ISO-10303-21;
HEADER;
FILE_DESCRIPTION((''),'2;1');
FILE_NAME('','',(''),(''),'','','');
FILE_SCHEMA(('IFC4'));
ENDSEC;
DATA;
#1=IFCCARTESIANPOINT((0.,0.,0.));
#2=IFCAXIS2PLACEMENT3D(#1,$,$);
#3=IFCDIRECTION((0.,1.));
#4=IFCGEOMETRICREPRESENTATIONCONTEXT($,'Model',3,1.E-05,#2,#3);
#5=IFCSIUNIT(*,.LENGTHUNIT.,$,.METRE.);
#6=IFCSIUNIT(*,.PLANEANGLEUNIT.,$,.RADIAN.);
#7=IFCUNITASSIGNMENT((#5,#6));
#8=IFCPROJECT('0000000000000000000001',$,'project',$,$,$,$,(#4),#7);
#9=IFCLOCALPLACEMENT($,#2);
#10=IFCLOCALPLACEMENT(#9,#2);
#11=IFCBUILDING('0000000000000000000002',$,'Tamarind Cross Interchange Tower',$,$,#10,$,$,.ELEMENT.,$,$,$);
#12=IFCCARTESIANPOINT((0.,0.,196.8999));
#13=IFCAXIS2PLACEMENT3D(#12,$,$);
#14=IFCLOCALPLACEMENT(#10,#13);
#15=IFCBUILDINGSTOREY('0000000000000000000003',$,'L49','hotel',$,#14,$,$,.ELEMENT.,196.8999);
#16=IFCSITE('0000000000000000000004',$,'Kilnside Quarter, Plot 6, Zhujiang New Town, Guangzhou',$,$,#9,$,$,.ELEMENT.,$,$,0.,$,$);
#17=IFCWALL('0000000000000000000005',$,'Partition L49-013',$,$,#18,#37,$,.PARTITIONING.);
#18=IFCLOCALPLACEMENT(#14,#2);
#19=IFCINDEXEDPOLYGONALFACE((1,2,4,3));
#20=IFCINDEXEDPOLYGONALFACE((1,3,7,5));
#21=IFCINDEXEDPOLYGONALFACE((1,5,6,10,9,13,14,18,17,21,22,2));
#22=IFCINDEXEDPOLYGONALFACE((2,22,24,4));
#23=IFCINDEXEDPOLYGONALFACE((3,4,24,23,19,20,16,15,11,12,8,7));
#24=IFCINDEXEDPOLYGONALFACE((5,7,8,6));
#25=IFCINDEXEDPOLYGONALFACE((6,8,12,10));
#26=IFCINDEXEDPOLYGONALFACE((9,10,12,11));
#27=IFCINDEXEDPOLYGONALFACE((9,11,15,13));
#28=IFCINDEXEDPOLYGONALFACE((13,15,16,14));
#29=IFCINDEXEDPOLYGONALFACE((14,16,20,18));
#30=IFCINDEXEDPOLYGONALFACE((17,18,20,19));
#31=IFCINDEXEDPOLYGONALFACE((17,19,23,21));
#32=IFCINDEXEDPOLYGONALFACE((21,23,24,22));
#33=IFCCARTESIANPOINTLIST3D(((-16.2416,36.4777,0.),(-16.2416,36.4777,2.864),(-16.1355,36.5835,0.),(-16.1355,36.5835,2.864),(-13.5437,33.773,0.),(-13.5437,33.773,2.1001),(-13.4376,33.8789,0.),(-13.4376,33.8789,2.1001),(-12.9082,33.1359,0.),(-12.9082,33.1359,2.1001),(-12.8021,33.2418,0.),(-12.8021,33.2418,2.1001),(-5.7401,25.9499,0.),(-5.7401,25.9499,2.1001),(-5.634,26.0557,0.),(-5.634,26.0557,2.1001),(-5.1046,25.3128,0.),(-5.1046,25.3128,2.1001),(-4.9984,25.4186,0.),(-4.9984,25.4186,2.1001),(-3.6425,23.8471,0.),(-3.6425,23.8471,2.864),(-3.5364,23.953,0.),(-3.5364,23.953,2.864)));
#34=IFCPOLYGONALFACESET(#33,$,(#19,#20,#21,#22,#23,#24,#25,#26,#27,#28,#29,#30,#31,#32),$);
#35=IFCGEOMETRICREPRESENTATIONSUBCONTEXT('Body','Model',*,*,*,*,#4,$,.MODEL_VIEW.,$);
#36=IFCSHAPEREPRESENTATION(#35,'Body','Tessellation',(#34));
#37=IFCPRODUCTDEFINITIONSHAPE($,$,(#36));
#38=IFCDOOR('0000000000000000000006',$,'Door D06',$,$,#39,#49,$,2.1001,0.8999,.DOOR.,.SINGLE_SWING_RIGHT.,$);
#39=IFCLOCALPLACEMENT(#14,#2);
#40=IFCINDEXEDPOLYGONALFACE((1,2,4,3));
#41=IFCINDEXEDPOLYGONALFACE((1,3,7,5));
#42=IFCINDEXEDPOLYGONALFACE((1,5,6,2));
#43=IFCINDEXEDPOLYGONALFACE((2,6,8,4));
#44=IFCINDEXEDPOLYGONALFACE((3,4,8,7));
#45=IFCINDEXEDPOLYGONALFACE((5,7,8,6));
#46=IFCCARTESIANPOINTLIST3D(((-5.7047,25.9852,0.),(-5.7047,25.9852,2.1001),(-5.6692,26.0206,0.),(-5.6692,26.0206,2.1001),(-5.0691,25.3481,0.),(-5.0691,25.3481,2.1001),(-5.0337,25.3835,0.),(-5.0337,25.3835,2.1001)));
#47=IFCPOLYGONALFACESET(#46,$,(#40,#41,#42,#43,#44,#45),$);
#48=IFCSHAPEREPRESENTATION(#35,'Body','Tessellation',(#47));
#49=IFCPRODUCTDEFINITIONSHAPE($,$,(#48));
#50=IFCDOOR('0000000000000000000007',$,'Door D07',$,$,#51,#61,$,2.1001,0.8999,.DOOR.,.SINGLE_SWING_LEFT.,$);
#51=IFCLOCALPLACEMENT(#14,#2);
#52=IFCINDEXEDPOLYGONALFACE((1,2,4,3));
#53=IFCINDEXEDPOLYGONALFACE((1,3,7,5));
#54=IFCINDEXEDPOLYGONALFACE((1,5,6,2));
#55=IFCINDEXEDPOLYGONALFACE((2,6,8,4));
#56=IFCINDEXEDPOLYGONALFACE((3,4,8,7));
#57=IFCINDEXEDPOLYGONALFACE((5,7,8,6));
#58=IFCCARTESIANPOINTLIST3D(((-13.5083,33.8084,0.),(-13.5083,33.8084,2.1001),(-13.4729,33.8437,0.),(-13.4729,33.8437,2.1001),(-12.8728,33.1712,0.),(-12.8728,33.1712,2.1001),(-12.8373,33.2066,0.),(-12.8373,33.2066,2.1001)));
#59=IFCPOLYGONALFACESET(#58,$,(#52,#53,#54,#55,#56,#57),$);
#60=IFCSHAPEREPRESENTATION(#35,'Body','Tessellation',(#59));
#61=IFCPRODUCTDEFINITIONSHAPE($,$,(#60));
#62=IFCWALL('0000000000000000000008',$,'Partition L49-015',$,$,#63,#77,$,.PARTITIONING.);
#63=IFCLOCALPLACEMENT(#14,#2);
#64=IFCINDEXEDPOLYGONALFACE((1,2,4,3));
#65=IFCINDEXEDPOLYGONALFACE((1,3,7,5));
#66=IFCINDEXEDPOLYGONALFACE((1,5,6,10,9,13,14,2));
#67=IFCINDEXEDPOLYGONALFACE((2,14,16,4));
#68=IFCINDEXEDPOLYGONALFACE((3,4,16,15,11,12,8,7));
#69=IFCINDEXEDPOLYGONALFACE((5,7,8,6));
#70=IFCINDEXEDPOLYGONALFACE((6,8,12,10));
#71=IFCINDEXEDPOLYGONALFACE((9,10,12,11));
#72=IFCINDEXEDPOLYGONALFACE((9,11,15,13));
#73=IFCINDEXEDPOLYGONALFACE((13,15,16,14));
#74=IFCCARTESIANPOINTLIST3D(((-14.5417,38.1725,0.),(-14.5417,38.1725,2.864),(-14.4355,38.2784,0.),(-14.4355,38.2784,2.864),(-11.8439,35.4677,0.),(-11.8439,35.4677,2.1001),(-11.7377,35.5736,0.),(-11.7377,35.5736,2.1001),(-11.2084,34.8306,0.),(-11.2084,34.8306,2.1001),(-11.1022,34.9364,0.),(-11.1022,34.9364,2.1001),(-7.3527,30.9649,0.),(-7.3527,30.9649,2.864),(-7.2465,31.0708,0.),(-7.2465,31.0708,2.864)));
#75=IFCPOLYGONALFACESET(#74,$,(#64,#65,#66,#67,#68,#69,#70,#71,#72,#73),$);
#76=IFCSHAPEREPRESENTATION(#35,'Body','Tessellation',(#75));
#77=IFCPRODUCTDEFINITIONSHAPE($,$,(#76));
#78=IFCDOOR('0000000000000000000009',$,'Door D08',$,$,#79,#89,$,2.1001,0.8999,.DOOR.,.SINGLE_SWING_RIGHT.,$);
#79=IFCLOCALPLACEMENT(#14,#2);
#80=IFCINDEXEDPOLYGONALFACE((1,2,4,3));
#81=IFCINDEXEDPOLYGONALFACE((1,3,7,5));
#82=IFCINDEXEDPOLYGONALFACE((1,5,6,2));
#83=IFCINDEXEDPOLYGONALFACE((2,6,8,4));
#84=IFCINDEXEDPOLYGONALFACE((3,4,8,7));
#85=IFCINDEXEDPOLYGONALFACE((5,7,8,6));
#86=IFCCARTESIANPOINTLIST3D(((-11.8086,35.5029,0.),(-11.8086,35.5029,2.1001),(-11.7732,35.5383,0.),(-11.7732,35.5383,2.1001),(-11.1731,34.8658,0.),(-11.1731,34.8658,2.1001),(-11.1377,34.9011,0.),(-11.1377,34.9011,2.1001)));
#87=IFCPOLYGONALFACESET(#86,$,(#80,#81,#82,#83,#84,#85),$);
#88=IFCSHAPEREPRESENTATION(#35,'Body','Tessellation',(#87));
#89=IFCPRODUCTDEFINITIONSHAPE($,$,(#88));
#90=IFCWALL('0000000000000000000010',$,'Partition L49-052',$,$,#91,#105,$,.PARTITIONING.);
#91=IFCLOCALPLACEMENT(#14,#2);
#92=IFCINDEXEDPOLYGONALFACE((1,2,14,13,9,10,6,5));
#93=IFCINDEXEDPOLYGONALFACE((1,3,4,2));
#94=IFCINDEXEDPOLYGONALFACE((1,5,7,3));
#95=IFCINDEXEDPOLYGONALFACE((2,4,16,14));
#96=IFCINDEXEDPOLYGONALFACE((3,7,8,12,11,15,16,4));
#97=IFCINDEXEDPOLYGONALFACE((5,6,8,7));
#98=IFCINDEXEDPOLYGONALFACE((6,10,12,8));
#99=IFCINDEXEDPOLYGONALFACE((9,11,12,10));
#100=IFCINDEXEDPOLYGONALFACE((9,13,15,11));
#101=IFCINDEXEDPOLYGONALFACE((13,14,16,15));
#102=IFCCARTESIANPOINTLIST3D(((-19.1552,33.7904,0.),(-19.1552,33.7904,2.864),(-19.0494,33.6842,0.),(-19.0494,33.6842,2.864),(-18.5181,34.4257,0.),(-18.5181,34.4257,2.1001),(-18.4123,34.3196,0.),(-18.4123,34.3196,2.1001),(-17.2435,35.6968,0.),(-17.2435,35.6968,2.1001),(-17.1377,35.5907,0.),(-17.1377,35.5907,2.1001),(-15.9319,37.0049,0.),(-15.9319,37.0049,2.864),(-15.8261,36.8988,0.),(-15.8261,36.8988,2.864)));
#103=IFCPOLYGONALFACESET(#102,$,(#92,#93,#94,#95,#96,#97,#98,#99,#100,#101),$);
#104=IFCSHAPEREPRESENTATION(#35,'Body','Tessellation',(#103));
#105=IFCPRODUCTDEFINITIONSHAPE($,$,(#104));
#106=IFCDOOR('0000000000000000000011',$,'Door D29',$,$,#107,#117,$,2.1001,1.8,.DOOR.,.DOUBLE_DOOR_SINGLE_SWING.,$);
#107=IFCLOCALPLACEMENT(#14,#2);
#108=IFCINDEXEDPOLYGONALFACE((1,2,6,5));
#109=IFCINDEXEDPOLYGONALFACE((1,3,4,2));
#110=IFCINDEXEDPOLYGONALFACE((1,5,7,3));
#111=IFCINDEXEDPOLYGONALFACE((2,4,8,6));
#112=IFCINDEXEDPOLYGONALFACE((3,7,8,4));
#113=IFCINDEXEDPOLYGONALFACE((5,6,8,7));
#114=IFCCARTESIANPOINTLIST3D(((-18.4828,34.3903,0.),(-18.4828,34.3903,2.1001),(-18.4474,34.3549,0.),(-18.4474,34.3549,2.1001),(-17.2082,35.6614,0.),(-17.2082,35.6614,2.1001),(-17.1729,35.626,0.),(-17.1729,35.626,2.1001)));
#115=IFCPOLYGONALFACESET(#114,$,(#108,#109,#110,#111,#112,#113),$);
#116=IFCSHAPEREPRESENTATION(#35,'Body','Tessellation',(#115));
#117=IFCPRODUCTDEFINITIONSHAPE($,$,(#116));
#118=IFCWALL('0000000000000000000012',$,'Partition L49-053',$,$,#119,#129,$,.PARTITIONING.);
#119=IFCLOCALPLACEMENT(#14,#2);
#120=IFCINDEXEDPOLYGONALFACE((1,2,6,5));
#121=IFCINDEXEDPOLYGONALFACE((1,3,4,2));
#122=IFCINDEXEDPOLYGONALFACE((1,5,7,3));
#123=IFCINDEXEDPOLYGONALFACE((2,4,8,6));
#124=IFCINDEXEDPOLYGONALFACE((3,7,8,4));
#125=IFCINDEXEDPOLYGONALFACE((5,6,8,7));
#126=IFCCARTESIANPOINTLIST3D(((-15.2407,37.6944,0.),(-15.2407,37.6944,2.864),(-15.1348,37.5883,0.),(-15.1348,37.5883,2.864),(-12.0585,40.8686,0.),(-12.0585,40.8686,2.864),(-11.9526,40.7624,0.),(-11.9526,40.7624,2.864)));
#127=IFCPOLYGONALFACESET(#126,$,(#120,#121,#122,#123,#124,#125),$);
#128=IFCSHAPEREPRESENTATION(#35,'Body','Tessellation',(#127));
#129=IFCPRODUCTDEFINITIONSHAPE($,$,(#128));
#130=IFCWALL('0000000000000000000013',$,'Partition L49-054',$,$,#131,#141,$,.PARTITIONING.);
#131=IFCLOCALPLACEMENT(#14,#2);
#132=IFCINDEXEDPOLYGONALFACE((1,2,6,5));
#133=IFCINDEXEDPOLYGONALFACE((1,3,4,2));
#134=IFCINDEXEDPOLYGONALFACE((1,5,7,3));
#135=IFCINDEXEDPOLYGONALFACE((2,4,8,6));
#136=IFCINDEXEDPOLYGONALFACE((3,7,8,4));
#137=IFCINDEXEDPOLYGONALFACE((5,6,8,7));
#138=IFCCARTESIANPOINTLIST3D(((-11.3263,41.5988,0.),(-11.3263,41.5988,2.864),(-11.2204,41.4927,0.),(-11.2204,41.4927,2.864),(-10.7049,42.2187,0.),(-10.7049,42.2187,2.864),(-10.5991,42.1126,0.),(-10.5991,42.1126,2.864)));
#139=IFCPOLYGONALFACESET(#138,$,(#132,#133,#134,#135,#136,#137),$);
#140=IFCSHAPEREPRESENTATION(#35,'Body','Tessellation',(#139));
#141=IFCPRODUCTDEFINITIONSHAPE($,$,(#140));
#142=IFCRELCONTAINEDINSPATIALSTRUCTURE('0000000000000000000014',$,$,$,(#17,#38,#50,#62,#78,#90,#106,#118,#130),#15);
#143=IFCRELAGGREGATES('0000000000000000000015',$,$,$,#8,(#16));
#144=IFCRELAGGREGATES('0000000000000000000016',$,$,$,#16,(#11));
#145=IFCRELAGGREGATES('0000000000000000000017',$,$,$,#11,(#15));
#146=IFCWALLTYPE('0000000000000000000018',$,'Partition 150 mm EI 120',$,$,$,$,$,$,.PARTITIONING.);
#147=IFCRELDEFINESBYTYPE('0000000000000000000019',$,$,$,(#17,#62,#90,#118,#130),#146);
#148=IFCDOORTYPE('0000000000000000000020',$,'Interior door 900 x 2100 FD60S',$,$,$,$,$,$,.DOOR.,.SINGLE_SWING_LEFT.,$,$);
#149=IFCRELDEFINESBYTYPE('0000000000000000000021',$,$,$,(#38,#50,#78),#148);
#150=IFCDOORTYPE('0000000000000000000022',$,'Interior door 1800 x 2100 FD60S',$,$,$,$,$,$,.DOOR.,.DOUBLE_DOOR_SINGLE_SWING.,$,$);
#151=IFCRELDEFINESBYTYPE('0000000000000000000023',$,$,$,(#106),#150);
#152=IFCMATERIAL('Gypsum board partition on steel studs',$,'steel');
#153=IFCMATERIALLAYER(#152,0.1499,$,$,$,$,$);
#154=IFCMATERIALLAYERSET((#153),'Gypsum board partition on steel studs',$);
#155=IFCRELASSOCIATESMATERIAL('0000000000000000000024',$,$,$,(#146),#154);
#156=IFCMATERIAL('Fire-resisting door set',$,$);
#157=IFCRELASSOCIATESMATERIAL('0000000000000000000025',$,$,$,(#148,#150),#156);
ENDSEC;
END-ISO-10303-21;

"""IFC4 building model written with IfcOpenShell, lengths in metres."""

from ifc_helpers import new_model, si_unit, direction, frame, frame_2d, origin, place, context, subcontext, project, spatial, rectangle, extrude, material, layer, layer_set, type_object, element, fill, save


model = new_model("IFC4")

# Units and contexts
model_context = context("Model", 3, precision=1e-05, world=origin(), true_north=direction((0.0, 1.0)))
body_context = subcontext(model_context, "Body", "Model", "MODEL_VIEW")
ifc_project = project(units=[si_unit("LENGTHUNIT", "METRE"), si_unit("PLANEANGLEUNIT", "RADIAN")], contexts=[model_context])

# Site, building, storey
site_placement = place(None, origin())
site = spatial("IfcSite", under=ifc_project, at=site_placement, Name="Kilnside Quarter, Plot 6, Zhujiang New Town, Guangzhou", CompositionType="ELEMENT", RefElevation=0.0)
building_placement = place(site_placement, origin())
building = spatial("IfcBuilding", under=site, at=building_placement, Name="Tamarind Cross Interchange Tower", CompositionType="ELEMENT")
storey_placement = place(building_placement, frame((0.0, 0.0, 196.8999)))
storey = spatial("IfcBuildingStorey", under=building, at=storey_placement, Name="L49", Description="hotel", CompositionType="ELEMENT", Elevation=196.8999)

# Wall, openings, doors
ifc_material_1 = material(Name="Gypsum board partition on steel studs", Category="steel")
ifc_layer_1 = layer(ifc_material_1, 0.1499)
ifc_layer_set_1 = layer_set([ifc_layer_1], Name="Gypsum board partition on steel studs")
wall_type = type_object("IfcWallType", Name="Partition 150 mm EI 120", PredefinedType="PARTITIONING", material=ifc_layer_set_1)
wall_1_placement = place(storey_placement, frame((-16.1885, 36.5305, 0.0), z_axis=(0.0, 0.0, 1.0), x_axis=(0.706224, -0.707989, 0.0)))
wall_1 = element("IfcWall", 1, at=wall_1_placement, inside=storey, type_object=wall_type, Name="Partition L49-013", PredefinedType="PARTITIONING", context=body_context, shape_type="SweptSolid", body=[
    extrude(rectangle(XDim=17.8401, YDim=0.1499, at=frame_2d((8.9199, 0.0))), origin(), (0.0, 0.0, 1.0), 2.864),
])
opening_1_placement = place(wall_1_placement, frame((14.8699, 0.0, 0.0)))
opening_1 = element("IfcOpeningElement", 2, at=opening_1_placement, cuts=wall_1, PredefinedType="OPENING", context=body_context, shape_type="SweptSolid", body=[
    extrude(rectangle(XDim=0.8999, YDim=2.1001, at=frame_2d((0.45, 1.05))), frame((0.0, 0.085, 0.0), z_axis=(0.0, -1.0, 0.0), x_axis=(1.0, 0.0, 0.0)), (0.0, 0.0, 1.0), 0.1699),
])
opening_2_placement = place(wall_1_placement, frame((3.8201, 0.0, 0.0)))
opening_2 = element("IfcOpeningElement", 3, at=opening_2_placement, cuts=wall_1, PredefinedType="OPENING", context=body_context, shape_type="SweptSolid", body=[
    extrude(rectangle(XDim=0.8999, YDim=2.1001, at=frame_2d((0.45, 1.05))), frame((0.0, 0.085, 0.0), z_axis=(0.0, -1.0, 0.0), x_axis=(1.0, 0.0, 0.0)), (0.0, 0.0, 1.0), 0.1699),
])
ifc_material_2 = material(Name="Fire-resisting door set")
door_type_1 = type_object("IfcDoorType", Name="Interior door 900 x 2100 FD60S", OperationType="SINGLE_SWING_LEFT", PredefinedType="DOOR", material=ifc_material_2)
door_1_placement = place(opening_1_placement, frame((0.8999, 0.0, 0.0), z_axis=(0.0, 0.0, 1.0), x_axis=(-1.0, 0.0, 0.0)))
door_1 = element("IfcDoor", 4, at=door_1_placement, inside=storey, type_object=door_type_1, Name="Door D06", OperationType="SINGLE_SWING_RIGHT", OverallHeight=2.1001, OverallWidth=0.8999, PredefinedType="DOOR", context=body_context, shape_type="SweptSolid", body=[
    extrude(rectangle(XDim=0.8999, YDim=2.1001, at=frame_2d((0.45, 1.05))), frame((0.0, 0.0249, 0.0), z_axis=(0.0, -1.0, 0.0), x_axis=(1.0, 0.0, 0.0)), (0.0, 0.0, 1.0), 0.05),
])
fill(opening_1, door_1)
door_2_placement = place(opening_2_placement, frame((0.8999, 0.0, 0.0), z_axis=(0.0, 0.0, 1.0), x_axis=(-1.0, 0.0, 0.0)))
door_2 = element("IfcDoor", 5, at=door_2_placement, inside=storey, type_object=door_type_1, Name="Door D07", OperationType="SINGLE_SWING_LEFT", OverallHeight=2.1001, OverallWidth=0.8999, PredefinedType="DOOR", context=body_context, shape_type="SweptSolid", body=[
    extrude(rectangle(XDim=0.8999, YDim=2.1001, at=frame_2d((0.45, 1.05))), frame((0.0, 0.0249, 0.0), z_axis=(0.0, -1.0, 0.0), x_axis=(1.0, 0.0, 0.0)), (0.0, 0.0, 1.0), 0.05),
])
fill(opening_2, door_2)

# Walls, openings, doors
wall_2_placement = place(storey_placement, frame((-14.4885, 38.2253, 0.0), z_axis=(0.0, 0.0, 1.0), x_axis=(0.706195, -0.708018, 0.0)))
wall_2 = element("IfcWall", 6, at=wall_2_placement, inside=storey, type_object=wall_type, Name="Partition L49-015", PredefinedType="PARTITIONING", context=body_context, shape_type="SweptSolid", body=[
    extrude(rectangle(XDim=10.1799, YDim=0.1499, at=frame_2d((5.0898, 0.0))), origin(), (0.0, 0.0, 1.0), 2.864),
])
opening_3_placement = place(wall_2_placement, frame((3.8201, 0.0, 0.0)))
opening_3 = element("IfcOpeningElement", 7, at=opening_3_placement, cuts=wall_2, PredefinedType="OPENING", context=body_context, shape_type="SweptSolid", body=[
    extrude(rectangle(XDim=0.8999, YDim=2.1001, at=frame_2d((0.45, 1.05))), frame((0.0, 0.085, 0.0), z_axis=(0.0, -1.0, 0.0), x_axis=(1.0, 0.0, 0.0)), (0.0, 0.0, 1.0), 0.1699),
])
door_3_placement = place(opening_3_placement, origin())
door_3 = element("IfcDoor", 8, at=door_3_placement, inside=storey, type_object=door_type_1, Name="Door D08", OperationType="SINGLE_SWING_RIGHT", OverallHeight=2.1001, OverallWidth=0.8999, PredefinedType="DOOR", context=body_context, shape_type="SweptSolid", body=[
    extrude(rectangle(XDim=0.8999, YDim=2.1001, at=frame_2d((0.45, 1.05))), frame((0.0, 0.0249, 0.0), z_axis=(0.0, -1.0, 0.0), x_axis=(1.0, 0.0, 0.0)), (0.0, 0.0, 1.0), 0.05),
])
fill(opening_3, door_3)
wall_3_placement = place(storey_placement, frame((-19.1023, 33.7373, 0.0), z_axis=(0.0, 0.0, 1.0), x_axis=(0.708071, 0.706141, 0.0)))
wall_3 = element("IfcWall", 9, at=wall_3_placement, inside=storey, type_object=wall_type, Name="Partition L49-052", PredefinedType="PARTITIONING", context=body_context, shape_type="SweptSolid", body=[
    extrude(rectangle(XDim=4.5522, YDim=0.1499, at=frame_2d((2.2761, 0.0))), origin(), (0.0, 0.0, 1.0), 2.864),
])
opening_4_placement = place(wall_3_placement, frame((0.8999, 0.0, 0.0)))
opening_4 = element("IfcOpeningElement", 10, at=opening_4_placement, cuts=wall_3, PredefinedType="OPENING", context=body_context, shape_type="SweptSolid", body=[
    extrude(rectangle(XDim=1.8, YDim=2.1001, at=frame_2d((0.8999, 1.05))), frame((0.0, 0.085, 0.0), z_axis=(0.0, -1.0, 0.0), x_axis=(1.0, 0.0, 0.0)), (0.0, 0.0, 1.0), 0.1699),
])
door_type_2 = type_object("IfcDoorType", Name="Interior door 1800 x 2100 FD60S", OperationType="DOUBLE_DOOR_SINGLE_SWING", PredefinedType="DOOR", material=ifc_material_2)
door_4_placement = place(opening_4_placement, origin())
door_4 = element("IfcDoor", 11, at=door_4_placement, inside=storey, type_object=door_type_2, Name="Door D29", OperationType="DOUBLE_DOOR_SINGLE_SWING", OverallHeight=2.1001, OverallWidth=1.8, PredefinedType="DOOR", context=body_context, shape_type="SweptSolid", body=[
    extrude(rectangle(XDim=1.8, YDim=2.1001, at=frame_2d((0.8999, 1.05))), frame((0.0, 0.0249, 0.0), z_axis=(0.0, -1.0, 0.0), x_axis=(1.0, 0.0, 0.0)), (0.0, 0.0, 1.0), 0.05),
])
fill(opening_4, door_4)

# Walls
wall_4_placement = place(storey_placement, frame((-15.1877, 37.6414, 0.0), z_axis=(0.0, 0.0, 1.0), x_axis=(0.708002, 0.70621, 0.0)))
element("IfcWall", 12, at=wall_4_placement, inside=storey, type_object=wall_type, Name="Partition L49-053", PredefinedType="PARTITIONING", context=body_context, shape_type="SweptSolid", body=[
    extrude(rectangle(XDim=4.4946, YDim=0.1499, at=frame_2d((2.2473, 0.0))), origin(), (0.0, 0.0, 1.0), 2.864),
])
wall_5_placement = place(storey_placement, frame((-11.2734, 41.5457, 0.0), z_axis=(0.0, 0.0, 1.0), x_axis=(0.707941, 0.706272, 0.0)))
element("IfcWall", 13, at=wall_5_placement, inside=storey, type_object=wall_type, Name="Partition L49-054", PredefinedType="PARTITIONING", context=body_context, shape_type="SweptSolid", body=[
    extrude(rectangle(XDim=0.8777, YDim=0.1499, at=frame_2d((0.439, 0.0))), origin(), (0.0, 0.0, 1.0), 2.864),
])

save(model, "model.ifc")
